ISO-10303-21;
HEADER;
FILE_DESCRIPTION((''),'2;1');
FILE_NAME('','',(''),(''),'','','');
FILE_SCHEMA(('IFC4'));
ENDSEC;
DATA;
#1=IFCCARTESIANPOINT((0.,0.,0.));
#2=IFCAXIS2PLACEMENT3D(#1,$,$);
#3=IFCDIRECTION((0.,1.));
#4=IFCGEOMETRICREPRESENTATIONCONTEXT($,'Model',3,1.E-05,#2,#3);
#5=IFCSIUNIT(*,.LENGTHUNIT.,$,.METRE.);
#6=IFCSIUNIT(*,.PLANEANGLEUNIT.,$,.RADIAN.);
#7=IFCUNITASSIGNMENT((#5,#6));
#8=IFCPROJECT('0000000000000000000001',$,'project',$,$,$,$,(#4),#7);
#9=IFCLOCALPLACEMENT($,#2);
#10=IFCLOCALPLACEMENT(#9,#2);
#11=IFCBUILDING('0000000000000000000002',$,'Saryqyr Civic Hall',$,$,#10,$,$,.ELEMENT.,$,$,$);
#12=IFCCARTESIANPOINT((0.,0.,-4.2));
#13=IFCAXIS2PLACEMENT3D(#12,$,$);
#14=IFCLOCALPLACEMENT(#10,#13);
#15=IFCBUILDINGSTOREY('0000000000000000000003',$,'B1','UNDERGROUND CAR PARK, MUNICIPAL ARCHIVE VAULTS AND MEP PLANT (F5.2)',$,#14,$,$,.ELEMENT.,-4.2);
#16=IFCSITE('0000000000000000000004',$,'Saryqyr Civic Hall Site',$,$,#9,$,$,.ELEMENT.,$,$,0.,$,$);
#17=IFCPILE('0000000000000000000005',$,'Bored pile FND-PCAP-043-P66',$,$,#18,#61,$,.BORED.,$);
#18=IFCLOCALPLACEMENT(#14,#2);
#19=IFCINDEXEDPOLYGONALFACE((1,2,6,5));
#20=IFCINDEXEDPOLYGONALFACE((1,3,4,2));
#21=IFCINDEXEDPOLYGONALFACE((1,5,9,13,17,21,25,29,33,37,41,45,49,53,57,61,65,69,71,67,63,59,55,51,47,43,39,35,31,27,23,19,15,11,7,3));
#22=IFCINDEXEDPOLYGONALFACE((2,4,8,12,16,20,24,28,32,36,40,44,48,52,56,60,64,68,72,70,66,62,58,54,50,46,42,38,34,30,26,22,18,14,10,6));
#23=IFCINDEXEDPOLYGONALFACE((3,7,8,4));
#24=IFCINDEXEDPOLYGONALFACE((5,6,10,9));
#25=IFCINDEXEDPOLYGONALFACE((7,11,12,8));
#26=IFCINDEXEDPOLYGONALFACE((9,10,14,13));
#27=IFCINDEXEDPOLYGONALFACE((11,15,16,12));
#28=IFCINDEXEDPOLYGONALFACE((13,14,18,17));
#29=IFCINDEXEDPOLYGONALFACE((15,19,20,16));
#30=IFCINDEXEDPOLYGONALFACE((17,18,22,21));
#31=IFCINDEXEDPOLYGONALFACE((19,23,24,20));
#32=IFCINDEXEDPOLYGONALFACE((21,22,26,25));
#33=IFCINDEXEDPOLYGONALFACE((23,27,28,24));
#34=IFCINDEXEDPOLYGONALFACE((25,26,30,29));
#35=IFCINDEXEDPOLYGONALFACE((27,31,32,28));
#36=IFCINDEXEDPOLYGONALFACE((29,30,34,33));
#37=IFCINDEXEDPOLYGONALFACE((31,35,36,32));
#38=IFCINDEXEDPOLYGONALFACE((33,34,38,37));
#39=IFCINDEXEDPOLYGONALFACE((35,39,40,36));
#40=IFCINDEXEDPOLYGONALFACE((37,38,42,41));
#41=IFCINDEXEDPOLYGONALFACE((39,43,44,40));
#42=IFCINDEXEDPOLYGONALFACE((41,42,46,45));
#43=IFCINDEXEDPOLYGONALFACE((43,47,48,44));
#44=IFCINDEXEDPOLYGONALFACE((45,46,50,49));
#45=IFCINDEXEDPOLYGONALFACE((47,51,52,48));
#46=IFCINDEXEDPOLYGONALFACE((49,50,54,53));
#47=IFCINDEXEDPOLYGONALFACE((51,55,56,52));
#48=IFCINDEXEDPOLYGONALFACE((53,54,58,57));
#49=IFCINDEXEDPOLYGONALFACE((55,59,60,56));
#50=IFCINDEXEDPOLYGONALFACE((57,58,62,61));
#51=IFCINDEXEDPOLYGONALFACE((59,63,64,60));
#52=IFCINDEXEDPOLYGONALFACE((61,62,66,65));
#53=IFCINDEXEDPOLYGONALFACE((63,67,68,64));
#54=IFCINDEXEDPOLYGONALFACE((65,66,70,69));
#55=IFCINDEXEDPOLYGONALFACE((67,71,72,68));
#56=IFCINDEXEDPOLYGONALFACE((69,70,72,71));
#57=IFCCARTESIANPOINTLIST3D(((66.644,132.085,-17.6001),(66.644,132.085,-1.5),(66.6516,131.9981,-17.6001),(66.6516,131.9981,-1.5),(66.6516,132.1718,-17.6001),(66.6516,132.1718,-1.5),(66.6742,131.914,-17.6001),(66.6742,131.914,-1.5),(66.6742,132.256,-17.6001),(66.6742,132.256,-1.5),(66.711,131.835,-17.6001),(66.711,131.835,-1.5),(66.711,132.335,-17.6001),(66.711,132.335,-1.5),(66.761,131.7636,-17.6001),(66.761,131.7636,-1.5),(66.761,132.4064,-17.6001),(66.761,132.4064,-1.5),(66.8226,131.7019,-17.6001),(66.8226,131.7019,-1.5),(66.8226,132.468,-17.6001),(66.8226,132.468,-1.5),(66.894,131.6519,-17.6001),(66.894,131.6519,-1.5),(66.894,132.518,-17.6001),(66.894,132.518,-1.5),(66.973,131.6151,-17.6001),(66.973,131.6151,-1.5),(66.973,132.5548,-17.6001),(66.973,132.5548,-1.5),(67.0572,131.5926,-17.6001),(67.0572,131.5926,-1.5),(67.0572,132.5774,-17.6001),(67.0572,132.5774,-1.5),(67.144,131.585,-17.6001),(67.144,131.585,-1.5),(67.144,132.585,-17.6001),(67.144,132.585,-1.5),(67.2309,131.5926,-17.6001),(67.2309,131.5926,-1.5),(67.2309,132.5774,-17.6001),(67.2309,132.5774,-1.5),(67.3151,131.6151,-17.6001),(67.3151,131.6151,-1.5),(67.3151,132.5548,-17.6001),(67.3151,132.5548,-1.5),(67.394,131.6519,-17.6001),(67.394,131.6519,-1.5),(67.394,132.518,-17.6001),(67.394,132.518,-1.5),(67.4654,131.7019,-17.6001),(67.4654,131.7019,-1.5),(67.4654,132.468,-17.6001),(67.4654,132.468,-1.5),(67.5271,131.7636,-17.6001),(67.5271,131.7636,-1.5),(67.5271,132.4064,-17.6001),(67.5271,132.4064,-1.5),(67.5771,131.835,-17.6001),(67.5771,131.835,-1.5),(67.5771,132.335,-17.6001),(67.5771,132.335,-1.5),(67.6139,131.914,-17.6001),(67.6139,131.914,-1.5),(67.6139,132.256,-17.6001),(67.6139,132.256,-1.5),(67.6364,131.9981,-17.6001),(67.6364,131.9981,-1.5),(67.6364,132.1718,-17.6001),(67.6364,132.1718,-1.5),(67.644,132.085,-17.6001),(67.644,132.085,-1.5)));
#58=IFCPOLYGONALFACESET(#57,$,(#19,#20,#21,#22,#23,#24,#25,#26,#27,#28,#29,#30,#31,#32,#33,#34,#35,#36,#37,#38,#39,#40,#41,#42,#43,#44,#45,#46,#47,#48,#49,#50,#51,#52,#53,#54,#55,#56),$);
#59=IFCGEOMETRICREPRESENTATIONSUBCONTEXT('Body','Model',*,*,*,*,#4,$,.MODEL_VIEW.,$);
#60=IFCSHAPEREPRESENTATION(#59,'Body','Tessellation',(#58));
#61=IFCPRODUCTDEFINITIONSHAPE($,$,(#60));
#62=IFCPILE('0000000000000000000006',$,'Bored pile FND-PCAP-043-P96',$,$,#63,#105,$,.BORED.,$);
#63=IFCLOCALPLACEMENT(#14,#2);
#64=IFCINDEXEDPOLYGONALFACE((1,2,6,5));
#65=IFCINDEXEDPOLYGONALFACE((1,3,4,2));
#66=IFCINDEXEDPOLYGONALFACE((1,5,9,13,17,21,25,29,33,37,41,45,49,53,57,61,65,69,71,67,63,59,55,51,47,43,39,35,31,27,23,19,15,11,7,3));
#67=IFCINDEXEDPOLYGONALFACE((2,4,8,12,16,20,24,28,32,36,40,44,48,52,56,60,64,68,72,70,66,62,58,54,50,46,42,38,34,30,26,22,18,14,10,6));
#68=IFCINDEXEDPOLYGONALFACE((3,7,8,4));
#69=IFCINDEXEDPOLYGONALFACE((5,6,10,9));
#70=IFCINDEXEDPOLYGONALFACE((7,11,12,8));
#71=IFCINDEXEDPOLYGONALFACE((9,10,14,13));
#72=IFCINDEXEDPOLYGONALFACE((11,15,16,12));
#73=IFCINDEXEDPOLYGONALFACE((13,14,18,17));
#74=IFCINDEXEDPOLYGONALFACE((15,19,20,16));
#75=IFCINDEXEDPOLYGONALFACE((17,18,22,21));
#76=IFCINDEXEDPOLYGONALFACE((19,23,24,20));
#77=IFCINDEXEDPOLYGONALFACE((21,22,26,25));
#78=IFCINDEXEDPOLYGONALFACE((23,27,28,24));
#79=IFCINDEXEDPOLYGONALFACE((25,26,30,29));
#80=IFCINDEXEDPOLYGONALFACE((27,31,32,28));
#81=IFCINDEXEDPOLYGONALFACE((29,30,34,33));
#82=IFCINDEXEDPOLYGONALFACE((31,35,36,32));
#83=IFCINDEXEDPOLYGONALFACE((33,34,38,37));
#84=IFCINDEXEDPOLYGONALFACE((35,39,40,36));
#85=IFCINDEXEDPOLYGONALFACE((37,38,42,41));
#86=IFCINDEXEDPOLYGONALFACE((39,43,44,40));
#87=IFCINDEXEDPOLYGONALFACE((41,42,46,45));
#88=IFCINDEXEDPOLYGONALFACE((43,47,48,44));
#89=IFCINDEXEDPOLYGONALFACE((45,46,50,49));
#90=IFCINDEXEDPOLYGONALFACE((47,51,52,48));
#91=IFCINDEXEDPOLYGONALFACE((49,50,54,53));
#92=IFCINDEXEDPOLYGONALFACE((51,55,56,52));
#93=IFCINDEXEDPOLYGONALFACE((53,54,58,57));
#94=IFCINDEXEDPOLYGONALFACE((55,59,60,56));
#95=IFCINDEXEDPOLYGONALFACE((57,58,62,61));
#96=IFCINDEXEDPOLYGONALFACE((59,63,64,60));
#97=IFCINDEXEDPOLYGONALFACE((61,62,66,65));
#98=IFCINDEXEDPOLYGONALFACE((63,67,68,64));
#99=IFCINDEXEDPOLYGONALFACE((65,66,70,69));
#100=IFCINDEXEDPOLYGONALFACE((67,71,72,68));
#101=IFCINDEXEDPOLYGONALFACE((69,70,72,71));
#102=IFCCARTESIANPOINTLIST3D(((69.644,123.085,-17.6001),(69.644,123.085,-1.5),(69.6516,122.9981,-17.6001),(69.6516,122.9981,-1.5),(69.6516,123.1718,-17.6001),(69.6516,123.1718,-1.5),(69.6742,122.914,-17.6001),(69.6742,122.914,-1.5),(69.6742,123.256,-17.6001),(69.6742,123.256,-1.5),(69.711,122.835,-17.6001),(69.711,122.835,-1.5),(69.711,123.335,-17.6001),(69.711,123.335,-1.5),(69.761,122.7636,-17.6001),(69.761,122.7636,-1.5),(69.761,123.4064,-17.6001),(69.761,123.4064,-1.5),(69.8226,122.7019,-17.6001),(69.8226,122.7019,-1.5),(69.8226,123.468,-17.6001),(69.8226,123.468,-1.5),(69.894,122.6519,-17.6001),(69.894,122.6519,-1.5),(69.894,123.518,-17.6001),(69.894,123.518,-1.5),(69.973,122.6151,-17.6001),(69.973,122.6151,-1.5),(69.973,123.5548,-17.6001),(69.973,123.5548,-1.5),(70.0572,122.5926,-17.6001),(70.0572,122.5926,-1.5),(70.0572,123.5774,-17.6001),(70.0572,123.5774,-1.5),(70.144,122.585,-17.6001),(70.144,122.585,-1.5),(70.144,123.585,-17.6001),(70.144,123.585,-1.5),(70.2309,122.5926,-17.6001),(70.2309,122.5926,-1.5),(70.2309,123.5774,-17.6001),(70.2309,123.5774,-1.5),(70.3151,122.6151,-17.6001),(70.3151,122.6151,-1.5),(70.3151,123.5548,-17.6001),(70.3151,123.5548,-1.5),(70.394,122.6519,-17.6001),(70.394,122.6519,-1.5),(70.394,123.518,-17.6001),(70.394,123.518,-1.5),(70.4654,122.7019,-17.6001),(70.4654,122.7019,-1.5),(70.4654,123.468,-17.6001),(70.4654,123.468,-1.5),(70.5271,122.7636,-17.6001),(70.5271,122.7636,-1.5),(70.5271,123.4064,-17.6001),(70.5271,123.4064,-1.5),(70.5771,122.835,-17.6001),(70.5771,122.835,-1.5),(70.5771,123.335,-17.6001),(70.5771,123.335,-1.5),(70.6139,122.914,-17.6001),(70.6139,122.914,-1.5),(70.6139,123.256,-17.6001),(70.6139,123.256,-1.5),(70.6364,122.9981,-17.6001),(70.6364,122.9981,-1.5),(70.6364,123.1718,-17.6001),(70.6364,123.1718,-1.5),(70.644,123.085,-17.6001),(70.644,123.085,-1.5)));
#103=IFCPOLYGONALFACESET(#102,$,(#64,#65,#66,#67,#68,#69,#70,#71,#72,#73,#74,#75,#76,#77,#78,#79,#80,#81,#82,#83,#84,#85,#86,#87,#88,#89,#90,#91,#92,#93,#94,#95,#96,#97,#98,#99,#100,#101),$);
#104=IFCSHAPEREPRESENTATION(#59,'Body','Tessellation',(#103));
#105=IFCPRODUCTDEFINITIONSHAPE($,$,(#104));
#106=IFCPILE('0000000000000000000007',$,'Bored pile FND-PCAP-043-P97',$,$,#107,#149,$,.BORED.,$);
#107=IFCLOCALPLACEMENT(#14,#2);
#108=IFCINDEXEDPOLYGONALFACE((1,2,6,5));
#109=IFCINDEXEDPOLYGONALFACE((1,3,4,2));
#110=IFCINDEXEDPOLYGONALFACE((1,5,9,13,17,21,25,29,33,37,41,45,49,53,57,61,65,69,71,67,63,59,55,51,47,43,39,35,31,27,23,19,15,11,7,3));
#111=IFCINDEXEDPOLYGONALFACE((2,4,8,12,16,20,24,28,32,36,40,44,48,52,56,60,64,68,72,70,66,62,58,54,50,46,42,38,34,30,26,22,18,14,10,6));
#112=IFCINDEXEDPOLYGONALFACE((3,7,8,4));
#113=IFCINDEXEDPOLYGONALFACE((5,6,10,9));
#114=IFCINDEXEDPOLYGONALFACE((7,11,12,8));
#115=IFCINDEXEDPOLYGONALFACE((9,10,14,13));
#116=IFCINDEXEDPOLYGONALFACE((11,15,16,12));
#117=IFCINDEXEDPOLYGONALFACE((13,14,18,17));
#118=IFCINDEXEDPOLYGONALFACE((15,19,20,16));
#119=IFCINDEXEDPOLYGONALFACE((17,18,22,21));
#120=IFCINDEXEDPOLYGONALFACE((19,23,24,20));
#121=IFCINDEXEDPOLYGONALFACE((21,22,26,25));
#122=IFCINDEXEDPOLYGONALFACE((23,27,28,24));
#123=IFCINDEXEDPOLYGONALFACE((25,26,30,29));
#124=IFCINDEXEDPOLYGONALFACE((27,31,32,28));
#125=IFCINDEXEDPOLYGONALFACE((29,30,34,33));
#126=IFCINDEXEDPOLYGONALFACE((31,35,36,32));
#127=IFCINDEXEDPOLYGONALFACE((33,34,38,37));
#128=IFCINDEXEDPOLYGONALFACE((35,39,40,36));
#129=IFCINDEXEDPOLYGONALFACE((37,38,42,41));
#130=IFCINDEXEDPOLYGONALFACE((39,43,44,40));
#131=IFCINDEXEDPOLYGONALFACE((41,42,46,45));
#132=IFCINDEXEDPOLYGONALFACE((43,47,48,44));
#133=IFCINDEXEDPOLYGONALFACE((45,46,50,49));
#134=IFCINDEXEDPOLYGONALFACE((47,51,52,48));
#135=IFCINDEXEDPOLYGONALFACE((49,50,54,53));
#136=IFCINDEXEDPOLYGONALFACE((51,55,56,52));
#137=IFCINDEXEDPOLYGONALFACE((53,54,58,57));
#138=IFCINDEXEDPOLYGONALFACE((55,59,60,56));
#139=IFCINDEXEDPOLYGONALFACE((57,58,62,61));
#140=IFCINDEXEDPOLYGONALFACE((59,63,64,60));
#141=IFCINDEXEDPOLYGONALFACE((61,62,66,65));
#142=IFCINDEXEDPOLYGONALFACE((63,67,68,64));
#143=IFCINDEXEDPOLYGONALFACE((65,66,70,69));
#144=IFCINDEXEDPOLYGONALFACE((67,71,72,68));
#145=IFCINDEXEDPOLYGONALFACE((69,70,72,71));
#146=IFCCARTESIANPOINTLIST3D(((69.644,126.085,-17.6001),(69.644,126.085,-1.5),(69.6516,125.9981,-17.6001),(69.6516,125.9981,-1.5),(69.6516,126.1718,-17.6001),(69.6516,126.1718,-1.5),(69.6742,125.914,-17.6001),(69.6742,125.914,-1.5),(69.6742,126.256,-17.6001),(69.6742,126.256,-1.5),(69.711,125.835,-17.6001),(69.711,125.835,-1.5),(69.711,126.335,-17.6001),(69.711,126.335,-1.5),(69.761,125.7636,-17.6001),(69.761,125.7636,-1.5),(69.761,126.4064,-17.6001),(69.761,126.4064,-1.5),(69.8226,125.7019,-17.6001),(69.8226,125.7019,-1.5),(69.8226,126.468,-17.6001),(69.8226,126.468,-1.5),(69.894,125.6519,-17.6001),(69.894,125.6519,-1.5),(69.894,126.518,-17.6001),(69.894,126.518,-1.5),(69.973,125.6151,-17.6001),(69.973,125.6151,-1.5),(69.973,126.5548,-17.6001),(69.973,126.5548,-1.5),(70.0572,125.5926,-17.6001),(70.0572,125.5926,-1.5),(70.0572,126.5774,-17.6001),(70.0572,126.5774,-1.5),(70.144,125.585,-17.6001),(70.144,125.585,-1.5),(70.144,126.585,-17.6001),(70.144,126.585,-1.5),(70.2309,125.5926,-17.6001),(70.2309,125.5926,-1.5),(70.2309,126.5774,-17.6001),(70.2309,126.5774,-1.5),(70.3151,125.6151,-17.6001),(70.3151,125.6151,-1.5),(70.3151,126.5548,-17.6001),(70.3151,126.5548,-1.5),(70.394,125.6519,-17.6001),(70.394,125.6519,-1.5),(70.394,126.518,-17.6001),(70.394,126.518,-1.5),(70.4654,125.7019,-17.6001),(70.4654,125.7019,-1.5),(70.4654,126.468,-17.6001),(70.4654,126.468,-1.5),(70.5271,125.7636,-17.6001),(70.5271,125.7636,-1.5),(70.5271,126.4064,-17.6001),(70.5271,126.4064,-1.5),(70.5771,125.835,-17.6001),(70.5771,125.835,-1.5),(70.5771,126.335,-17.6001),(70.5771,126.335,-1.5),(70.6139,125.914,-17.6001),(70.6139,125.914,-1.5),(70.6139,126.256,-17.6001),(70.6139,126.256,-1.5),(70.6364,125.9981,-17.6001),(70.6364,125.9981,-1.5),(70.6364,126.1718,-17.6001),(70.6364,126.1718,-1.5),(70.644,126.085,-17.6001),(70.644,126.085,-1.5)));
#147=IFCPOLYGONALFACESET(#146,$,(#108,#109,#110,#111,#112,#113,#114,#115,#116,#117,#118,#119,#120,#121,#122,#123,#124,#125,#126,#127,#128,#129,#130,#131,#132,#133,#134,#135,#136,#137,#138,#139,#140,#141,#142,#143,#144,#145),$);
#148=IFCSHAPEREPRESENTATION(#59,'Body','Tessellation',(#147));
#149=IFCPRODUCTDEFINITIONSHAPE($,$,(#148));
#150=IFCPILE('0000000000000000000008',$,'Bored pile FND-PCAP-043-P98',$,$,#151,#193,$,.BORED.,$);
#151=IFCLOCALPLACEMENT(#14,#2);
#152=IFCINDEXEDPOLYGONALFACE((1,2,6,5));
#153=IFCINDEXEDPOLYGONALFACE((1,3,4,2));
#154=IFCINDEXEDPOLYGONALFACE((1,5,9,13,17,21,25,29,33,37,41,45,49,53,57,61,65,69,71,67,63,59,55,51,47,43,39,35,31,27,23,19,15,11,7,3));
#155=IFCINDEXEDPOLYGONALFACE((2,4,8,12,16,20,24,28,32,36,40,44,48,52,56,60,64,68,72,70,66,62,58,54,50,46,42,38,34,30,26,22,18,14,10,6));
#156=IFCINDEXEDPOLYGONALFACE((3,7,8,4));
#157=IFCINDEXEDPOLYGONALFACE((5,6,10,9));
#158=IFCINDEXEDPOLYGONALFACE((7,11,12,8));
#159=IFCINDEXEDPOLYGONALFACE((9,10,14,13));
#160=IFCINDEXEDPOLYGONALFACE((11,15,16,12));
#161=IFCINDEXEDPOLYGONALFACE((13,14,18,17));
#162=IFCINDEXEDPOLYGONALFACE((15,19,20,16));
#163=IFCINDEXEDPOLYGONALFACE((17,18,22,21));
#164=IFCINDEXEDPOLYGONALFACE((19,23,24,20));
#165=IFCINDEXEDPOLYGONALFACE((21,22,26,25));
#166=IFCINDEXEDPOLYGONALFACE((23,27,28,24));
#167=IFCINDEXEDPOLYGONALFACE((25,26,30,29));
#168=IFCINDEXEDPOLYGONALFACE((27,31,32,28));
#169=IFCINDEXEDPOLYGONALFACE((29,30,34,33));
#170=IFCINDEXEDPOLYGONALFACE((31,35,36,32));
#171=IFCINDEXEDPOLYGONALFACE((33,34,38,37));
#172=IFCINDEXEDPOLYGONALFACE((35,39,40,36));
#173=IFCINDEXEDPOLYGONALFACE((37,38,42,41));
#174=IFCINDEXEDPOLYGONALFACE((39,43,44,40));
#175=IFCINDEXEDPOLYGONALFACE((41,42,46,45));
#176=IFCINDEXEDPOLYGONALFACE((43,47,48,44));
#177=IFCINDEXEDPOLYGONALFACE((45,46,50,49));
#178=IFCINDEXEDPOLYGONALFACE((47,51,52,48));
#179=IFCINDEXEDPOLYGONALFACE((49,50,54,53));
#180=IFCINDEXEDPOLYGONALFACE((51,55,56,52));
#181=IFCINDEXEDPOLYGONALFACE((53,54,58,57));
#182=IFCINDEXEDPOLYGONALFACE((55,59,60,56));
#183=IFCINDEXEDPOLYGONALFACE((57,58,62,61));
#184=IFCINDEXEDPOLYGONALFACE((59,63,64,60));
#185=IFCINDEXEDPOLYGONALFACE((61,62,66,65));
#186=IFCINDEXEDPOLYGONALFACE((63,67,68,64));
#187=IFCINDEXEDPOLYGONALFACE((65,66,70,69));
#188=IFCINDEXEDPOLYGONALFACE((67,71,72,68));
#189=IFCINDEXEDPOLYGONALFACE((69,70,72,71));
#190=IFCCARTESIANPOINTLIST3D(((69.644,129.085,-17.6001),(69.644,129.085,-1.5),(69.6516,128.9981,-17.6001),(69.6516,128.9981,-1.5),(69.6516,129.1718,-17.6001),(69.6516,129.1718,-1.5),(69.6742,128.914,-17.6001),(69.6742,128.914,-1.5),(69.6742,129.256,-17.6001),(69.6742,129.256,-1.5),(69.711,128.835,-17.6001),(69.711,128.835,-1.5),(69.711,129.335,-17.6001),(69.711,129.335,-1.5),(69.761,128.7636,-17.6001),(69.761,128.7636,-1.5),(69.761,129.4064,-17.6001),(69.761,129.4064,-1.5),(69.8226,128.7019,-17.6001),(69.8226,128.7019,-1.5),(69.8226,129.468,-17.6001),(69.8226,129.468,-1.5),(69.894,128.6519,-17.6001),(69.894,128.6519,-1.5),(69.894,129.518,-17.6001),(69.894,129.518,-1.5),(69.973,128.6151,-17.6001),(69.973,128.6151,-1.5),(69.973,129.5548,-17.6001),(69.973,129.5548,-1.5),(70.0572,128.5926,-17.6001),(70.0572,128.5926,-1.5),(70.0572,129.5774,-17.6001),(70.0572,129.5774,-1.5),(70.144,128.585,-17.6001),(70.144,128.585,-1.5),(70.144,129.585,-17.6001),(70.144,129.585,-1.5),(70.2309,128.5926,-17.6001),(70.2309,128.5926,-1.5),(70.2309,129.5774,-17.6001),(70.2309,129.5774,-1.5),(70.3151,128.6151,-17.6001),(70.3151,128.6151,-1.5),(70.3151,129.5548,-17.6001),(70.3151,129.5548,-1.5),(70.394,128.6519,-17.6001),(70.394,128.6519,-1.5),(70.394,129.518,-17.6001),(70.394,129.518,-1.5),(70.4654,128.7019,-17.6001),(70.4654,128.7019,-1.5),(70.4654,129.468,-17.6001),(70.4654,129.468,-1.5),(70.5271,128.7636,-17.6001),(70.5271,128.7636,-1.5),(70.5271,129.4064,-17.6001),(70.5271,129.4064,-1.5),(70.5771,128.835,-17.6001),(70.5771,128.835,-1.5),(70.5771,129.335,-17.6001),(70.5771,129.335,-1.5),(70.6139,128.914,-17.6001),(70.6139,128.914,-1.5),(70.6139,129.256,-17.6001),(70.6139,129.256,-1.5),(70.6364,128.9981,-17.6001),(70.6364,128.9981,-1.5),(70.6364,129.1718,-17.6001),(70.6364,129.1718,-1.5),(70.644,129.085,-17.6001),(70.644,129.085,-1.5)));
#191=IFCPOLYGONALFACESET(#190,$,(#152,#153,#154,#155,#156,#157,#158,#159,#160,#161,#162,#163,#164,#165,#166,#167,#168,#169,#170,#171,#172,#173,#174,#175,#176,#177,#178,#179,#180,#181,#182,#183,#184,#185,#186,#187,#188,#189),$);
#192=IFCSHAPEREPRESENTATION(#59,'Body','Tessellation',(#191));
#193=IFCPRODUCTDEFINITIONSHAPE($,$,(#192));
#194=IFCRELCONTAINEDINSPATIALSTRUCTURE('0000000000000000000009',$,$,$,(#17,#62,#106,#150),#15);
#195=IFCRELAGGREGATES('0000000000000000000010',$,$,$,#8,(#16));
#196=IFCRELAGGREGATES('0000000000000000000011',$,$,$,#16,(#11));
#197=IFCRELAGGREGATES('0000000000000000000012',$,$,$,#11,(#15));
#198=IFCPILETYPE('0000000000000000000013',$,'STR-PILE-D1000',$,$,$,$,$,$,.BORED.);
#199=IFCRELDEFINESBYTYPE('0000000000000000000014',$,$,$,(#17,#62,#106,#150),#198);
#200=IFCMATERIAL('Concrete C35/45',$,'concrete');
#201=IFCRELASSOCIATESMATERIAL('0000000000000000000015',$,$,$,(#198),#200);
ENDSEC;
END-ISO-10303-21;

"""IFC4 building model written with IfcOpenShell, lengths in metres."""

from ifc_helpers import new_model, si_unit, direction, frame, origin, origin_2d, place, context, subcontext, project, spatial, circle, extrude, material, material_profile, profile_set, type_object, element, save


model = new_model("IFC4")

# Units and contexts
model_context = context("Model", 3, precision=1e-05, world=origin(), true_north=direction((0.0, 1.0)))
body_context = subcontext(model_context, "Body", "Model", "MODEL_VIEW")
ifc_project = project(units=[si_unit("LENGTHUNIT", "METRE"), si_unit("PLANEANGLEUNIT", "RADIAN")], contexts=[model_context])

# Site, building, storey
site_placement = place(None, origin())
site = spatial("IfcSite", under=ifc_project, at=site_placement, Name="Saryqyr Civic Hall Site", CompositionType="ELEMENT", RefElevation=0.0)
building_placement = place(site_placement, origin())
building = spatial("IfcBuilding", under=site, at=building_placement, Name="Saryqyr Civic Hall", CompositionType="ELEMENT")
storey_placement = place(building_placement, frame((0.0, 0.0, -4.2)))
storey = spatial("IfcBuildingStorey", under=building, at=storey_placement, Name="B1", Description="UNDERGROUND CAR PARK, MUNICIPAL ARCHIVE VAULTS AND MEP PLANT (F5.2)", CompositionType="ELEMENT", Elevation=-4.2)

# Shared definitions
ifc_material_1 = material(Name="Concrete C35/45", Category="concrete")

# Piles
ifc_material_profile_1 = material_profile(ifc_material_1, circle(Radius=0.5, at=origin_2d()), Name="BORED PILE D1000")
ifc_profile_set_1 = profile_set([ifc_material_profile_1], Name="Concrete C35/45")
pile_type = type_object("IfcPileType", Name="STR-PILE-D1000", PredefinedType="BORED", material=ifc_profile_set_1)
for number, where, z_axis, x_axis, name in (
    (1, (67.144, 132.085, -1.5), (0.0, 0.0, -1.0), (1.0, 0.0, 0.0), "Bored pile FND-PCAP-043-P66"),
    (2, (70.144, 123.085, -1.5), (0.0, 0.0, -1.0), (1.0, 0.0, 0.0), "Bored pile FND-PCAP-043-P96"),
    (3, (70.144, 126.085, -1.5), (0.0, 0.0, -1.0), (1.0, 0.0, 0.0), "Bored pile FND-PCAP-043-P97"),
    (4, (70.144, 129.085, -1.5), (0.0, 0.0, -1.0), (1.0, 0.0, 0.0), "Bored pile FND-PCAP-043-P98"),
):
    element("IfcPile", number, at=place(storey_placement, frame(where, z_axis=z_axis, x_axis=x_axis)), inside=storey, type_object=pile_type, Name=name, PredefinedType="BORED", context=body_context, shape_type="SweptSolid", body=[
        extrude(circle(Radius=0.5, at=origin_2d()), origin(), (0.0, 0.0, 1.0), 16.1001),
    ])

save(model, "model.ifc")
